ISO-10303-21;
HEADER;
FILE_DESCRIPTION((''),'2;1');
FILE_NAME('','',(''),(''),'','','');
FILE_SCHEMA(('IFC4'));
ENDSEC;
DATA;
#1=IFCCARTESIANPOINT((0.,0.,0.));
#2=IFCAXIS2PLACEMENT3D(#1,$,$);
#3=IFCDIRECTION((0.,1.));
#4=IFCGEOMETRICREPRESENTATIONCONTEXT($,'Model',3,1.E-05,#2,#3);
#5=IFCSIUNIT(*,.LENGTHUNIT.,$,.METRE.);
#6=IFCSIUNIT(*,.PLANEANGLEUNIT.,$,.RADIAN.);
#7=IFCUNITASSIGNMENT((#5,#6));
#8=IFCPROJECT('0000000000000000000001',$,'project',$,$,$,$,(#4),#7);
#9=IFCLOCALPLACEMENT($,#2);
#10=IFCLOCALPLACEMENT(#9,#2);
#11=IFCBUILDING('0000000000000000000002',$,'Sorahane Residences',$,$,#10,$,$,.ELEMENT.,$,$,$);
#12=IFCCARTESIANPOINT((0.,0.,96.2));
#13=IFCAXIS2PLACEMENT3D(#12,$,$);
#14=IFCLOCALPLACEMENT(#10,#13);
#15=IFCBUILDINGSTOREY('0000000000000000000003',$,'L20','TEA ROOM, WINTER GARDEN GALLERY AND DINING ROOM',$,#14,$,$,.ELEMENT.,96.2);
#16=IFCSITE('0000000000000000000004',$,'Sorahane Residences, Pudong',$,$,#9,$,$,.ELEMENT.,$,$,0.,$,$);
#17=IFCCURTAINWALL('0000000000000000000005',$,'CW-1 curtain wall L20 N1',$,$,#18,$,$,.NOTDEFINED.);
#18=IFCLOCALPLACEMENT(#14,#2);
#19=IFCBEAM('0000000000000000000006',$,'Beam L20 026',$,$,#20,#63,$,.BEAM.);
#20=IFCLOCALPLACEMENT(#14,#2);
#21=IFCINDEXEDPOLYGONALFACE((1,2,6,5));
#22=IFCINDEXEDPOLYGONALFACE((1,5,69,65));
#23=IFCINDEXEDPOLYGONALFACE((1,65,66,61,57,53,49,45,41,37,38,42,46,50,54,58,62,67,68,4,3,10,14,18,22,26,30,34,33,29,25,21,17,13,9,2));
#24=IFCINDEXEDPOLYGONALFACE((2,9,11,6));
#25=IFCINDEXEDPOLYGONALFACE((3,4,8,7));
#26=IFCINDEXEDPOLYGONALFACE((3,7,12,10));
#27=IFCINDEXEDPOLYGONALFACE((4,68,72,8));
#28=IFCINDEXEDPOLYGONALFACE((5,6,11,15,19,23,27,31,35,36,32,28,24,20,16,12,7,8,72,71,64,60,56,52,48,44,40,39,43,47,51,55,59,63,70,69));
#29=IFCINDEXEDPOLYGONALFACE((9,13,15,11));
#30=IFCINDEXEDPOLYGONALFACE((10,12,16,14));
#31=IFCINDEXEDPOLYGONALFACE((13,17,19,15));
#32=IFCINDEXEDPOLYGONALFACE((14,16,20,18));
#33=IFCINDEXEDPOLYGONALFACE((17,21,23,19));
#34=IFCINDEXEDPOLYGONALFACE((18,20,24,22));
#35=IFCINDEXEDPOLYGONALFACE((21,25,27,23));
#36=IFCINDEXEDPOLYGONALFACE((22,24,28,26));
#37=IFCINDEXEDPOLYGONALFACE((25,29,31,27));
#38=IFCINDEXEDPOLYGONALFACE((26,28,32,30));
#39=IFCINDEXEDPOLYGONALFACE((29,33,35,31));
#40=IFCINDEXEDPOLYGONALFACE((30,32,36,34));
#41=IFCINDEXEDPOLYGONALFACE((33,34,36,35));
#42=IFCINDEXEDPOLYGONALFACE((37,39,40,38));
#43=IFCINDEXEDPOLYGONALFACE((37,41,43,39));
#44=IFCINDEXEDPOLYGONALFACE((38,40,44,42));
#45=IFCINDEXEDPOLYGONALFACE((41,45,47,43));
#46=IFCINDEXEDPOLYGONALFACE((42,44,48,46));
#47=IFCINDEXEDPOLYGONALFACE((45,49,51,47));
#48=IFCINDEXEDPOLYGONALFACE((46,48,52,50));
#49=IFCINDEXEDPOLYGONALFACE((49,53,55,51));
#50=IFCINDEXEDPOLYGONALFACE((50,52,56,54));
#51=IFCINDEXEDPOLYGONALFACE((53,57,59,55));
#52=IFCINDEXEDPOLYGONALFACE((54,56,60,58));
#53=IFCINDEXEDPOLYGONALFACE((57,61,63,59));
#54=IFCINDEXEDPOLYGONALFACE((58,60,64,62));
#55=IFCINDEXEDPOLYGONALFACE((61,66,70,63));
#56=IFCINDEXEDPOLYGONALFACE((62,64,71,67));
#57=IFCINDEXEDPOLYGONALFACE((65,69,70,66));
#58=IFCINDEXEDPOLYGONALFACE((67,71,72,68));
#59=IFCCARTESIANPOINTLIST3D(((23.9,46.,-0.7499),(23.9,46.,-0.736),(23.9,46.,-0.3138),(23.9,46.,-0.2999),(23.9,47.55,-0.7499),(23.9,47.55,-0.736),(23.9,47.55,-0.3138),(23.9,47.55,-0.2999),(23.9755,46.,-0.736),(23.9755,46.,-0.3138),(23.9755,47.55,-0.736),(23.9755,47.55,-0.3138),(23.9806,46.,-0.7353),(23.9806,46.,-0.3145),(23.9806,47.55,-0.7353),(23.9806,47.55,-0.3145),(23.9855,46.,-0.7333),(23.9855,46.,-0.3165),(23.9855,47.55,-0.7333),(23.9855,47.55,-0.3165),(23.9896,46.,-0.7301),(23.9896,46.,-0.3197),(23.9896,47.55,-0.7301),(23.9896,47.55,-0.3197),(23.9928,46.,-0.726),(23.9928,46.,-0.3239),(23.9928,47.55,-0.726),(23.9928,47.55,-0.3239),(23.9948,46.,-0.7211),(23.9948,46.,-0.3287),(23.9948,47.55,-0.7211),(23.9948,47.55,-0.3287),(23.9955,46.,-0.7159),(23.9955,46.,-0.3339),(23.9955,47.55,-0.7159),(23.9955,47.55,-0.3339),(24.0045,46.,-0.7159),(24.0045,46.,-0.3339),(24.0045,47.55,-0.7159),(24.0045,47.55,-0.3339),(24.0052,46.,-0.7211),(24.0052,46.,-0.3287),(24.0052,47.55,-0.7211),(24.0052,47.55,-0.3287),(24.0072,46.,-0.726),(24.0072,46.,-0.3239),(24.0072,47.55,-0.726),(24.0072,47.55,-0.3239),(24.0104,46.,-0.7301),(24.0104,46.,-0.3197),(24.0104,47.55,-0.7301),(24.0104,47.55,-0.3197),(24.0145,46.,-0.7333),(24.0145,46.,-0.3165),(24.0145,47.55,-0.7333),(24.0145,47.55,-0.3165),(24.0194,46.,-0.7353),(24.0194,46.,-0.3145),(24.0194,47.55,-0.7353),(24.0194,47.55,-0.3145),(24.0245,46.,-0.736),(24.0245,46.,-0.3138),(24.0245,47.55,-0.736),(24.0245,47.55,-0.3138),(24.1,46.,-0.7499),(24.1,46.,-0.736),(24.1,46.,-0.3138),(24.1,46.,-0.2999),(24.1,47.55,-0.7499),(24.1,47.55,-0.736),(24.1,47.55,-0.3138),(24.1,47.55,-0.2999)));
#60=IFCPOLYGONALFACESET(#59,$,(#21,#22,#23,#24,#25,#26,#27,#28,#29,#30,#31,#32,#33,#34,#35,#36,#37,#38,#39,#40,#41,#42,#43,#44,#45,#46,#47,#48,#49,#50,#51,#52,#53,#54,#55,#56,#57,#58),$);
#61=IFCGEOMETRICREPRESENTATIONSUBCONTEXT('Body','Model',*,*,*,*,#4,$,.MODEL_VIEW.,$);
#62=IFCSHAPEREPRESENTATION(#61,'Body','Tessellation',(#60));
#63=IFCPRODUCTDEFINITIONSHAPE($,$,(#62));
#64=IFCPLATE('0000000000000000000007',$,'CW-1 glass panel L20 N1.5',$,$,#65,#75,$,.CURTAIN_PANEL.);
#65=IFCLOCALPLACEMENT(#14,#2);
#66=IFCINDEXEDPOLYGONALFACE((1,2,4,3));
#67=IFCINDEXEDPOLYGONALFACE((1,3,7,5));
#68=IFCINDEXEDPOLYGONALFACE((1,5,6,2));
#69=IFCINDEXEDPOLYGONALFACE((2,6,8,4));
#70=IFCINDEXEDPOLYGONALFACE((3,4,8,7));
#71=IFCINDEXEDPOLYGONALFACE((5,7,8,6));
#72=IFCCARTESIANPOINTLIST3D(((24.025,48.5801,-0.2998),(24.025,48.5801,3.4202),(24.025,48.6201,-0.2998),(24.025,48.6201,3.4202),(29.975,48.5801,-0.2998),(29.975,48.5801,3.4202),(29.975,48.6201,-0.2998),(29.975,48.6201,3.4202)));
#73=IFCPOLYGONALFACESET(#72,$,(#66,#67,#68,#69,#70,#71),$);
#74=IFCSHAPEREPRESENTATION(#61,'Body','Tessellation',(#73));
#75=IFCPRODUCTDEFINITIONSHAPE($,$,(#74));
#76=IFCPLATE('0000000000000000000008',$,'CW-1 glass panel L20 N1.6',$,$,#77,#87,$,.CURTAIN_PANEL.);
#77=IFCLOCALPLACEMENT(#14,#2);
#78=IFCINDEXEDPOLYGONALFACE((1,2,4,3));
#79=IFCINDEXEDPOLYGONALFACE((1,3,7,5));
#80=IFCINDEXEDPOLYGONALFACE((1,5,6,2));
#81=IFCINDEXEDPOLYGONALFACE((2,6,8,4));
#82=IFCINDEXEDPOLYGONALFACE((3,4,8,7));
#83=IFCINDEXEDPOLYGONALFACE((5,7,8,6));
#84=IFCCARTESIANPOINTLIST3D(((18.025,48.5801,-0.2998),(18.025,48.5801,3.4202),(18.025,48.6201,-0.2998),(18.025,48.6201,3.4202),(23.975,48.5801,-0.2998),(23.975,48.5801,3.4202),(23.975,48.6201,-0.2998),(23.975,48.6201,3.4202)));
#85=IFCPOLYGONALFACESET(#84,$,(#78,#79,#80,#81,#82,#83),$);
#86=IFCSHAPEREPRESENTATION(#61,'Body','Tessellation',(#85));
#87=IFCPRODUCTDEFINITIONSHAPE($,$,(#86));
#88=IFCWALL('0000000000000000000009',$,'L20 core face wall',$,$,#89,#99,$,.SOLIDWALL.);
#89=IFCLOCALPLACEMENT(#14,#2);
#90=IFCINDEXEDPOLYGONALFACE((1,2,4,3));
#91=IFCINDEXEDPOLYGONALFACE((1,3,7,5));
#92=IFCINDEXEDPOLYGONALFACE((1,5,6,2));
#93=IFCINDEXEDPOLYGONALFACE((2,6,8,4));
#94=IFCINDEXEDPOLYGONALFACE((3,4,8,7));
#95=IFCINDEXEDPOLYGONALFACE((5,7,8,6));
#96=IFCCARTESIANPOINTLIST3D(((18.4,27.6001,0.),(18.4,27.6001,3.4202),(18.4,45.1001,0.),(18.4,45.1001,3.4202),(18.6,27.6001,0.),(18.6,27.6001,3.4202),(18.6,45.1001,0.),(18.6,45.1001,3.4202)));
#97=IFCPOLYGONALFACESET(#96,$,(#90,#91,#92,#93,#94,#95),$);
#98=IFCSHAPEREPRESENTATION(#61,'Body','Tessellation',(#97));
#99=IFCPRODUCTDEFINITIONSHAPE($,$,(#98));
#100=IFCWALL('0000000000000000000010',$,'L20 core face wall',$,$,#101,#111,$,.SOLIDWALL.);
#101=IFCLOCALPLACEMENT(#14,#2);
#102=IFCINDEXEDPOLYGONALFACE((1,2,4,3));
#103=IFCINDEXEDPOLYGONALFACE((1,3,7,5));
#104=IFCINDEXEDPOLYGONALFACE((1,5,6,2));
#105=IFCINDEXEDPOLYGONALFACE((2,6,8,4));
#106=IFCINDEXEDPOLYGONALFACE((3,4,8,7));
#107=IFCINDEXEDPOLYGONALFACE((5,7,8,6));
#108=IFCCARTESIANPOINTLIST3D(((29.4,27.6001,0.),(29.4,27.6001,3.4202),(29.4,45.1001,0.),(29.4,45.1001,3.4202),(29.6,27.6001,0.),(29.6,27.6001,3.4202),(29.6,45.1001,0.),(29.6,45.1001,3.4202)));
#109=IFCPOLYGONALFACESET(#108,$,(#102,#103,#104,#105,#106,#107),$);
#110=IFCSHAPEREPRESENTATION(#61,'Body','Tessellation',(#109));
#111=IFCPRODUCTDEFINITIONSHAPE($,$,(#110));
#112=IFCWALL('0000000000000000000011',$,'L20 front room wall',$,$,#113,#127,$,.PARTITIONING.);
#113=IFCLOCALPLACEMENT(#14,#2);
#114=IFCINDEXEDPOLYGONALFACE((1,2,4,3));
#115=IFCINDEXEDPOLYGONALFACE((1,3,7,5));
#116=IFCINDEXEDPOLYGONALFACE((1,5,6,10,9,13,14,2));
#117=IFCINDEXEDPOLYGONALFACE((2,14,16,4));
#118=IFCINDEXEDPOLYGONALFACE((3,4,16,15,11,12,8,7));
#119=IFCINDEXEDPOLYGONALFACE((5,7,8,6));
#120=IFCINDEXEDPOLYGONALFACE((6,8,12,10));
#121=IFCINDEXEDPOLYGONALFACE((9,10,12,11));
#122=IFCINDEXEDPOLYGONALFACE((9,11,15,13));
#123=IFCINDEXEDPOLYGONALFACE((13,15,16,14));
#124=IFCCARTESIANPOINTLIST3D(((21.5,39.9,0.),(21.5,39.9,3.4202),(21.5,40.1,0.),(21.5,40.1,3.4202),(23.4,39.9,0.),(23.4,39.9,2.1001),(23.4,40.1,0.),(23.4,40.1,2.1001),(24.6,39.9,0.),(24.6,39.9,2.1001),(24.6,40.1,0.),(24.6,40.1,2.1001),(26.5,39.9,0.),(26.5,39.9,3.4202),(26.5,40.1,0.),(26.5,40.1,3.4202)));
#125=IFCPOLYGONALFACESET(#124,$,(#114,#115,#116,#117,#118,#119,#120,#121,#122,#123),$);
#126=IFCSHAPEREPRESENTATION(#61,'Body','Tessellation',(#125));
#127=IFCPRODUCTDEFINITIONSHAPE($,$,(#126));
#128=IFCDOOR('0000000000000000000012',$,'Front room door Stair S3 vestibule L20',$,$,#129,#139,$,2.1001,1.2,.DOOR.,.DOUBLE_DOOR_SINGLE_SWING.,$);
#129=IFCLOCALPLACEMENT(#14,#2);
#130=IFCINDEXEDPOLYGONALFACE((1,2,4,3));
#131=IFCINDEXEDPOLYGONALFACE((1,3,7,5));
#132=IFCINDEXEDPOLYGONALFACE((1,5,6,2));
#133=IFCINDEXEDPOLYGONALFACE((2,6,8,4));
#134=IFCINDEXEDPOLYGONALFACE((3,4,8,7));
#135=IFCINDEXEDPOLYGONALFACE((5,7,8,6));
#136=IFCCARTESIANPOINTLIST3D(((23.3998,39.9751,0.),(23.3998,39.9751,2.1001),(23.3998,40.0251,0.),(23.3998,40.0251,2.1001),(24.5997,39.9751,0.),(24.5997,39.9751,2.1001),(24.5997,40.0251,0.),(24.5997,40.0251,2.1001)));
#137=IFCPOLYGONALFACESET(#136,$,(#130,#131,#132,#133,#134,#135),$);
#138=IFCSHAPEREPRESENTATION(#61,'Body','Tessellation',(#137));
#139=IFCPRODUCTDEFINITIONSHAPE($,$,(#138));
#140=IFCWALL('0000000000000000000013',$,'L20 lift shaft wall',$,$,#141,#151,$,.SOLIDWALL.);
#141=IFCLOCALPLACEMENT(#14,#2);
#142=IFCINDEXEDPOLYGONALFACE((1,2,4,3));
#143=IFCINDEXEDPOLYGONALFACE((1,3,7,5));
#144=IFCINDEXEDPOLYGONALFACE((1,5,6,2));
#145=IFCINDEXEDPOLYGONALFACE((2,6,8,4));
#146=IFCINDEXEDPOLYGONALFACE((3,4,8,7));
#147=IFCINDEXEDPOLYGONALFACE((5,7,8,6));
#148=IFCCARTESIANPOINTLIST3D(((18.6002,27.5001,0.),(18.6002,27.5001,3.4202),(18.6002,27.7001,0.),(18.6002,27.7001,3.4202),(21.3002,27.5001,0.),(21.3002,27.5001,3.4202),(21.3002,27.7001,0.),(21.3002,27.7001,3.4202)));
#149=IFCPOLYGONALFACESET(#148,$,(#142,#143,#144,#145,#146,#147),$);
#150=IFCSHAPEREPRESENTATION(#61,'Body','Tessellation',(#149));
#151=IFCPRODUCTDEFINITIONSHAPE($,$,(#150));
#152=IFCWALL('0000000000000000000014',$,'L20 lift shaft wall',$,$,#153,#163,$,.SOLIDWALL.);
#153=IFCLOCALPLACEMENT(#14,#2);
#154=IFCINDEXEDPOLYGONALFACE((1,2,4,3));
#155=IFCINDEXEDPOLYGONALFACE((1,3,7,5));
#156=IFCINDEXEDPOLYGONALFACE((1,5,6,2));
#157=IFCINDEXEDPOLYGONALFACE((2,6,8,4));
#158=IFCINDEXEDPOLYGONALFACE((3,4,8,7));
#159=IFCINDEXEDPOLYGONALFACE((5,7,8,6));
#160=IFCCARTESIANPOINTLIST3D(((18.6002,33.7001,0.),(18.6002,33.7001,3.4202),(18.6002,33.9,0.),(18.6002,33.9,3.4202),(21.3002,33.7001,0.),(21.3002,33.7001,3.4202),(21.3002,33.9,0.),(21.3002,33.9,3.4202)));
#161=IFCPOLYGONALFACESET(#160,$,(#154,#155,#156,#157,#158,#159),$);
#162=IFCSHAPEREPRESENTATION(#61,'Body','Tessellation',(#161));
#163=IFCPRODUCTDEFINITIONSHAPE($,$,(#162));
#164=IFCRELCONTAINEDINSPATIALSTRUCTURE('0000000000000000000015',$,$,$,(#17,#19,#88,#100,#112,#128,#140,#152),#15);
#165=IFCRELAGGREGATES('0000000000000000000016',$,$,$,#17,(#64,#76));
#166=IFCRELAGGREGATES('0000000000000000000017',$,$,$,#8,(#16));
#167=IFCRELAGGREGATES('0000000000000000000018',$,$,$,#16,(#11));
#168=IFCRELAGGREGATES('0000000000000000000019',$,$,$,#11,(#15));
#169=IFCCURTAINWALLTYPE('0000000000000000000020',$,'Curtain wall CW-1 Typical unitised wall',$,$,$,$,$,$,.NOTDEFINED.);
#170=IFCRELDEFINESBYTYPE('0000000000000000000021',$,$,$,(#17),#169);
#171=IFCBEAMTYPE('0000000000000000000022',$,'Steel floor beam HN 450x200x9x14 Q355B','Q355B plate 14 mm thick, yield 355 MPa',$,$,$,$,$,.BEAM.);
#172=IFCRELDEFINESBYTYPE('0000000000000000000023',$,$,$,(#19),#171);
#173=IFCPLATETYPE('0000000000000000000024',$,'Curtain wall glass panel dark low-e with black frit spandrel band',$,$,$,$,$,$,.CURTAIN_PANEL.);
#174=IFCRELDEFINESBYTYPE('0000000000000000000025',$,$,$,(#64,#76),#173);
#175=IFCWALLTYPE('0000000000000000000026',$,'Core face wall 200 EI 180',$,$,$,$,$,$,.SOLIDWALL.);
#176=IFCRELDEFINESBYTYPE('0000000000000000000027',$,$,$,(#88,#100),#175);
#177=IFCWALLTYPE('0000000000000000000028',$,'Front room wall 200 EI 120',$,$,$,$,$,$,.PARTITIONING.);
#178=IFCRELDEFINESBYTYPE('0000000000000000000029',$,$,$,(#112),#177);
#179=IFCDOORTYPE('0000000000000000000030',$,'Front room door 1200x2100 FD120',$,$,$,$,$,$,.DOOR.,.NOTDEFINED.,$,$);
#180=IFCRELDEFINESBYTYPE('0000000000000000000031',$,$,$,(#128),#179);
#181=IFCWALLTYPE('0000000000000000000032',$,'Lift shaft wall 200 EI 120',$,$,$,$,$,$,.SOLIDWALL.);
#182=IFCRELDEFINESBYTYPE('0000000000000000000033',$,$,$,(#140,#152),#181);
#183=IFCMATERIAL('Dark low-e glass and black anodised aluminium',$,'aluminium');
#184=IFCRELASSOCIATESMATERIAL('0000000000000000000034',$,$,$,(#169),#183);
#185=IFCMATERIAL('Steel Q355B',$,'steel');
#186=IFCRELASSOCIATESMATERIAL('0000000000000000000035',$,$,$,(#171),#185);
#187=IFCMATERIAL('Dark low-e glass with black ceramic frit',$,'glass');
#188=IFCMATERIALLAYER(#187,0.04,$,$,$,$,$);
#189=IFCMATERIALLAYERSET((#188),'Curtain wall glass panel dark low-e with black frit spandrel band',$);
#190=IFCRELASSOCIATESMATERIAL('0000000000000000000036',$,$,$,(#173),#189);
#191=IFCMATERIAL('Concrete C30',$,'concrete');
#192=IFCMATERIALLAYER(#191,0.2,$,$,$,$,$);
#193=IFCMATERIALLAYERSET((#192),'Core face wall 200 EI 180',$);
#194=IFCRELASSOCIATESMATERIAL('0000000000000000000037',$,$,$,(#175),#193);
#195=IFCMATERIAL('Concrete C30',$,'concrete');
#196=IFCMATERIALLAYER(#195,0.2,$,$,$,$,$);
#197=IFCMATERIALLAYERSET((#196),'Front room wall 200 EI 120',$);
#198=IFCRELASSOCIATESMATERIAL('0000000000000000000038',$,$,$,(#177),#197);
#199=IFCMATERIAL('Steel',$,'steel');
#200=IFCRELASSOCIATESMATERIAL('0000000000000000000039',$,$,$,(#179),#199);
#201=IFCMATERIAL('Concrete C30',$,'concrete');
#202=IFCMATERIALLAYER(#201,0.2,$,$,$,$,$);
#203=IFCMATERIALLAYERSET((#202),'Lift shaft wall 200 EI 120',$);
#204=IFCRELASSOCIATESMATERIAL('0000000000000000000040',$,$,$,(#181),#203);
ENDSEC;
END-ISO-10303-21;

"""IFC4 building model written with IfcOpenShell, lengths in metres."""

from ifc_helpers import new_model, si_unit, direction, frame, frame_2d, origin, origin_2d, place, context, subcontext, project, spatial, rectangle, i_section, extrude, material, layer, layer_set, material_profile, profile_set, type_object, element, fill, aggregate, save


model = new_model("IFC4")

# Units and contexts
model_context = context("Model", 3, precision=1e-05, world=origin(), true_north=direction((0.0, 1.0)))
body_context = subcontext(model_context, "Body", "Model", "MODEL_VIEW")
ifc_project = project(units=[si_unit("LENGTHUNIT", "METRE"), si_unit("PLANEANGLEUNIT", "RADIAN")], contexts=[model_context])

# Site, building, storey
site_placement = place(None, origin())
site = spatial("IfcSite", under=ifc_project, at=site_placement, Name="Sorahane Residences, Pudong", CompositionType="ELEMENT", RefElevation=0.0)
building_placement = place(site_placement, origin())
building = spatial("IfcBuilding", under=site, at=building_placement, Name="Sorahane Residences", CompositionType="ELEMENT")
storey_placement = place(building_placement, frame((0.0, 0.0, 96.2)))
storey = spatial("IfcBuildingStorey", under=building, at=storey_placement, Name="L20", Description="TEA ROOM, WINTER GARDEN GALLERY AND DINING ROOM", CompositionType="ELEMENT", Elevation=96.2)

# Curtain wall
ifc_material_1 = material(Name="Dark low-e glass and black anodised aluminium", Category="aluminium")
curtain_wall_type = type_object("IfcCurtainWallType", Name="Curtain wall CW-1 Typical unitised wall", PredefinedType="NOTDEFINED", material=ifc_material_1)
curtain_wall_placement = place(storey_placement, origin())
curtain_wall = element("IfcCurtainWall", 1, at=curtain_wall_placement, inside=storey, type_object=curtain_wall_type, Name="CW-1 curtain wall L20 N1", PredefinedType="NOTDEFINED")

# Beam
ifc_material_2 = material(Name="Steel Q355B", Category="steel")
ifc_material_profile_1 = material_profile(ifc_material_2, i_section(OverallWidth=0.2, OverallDepth=0.45, WebThickness=0.009, FlangeThickness=0.0139, FilletRadius=0.02, at=origin_2d()), Name="HN 450x200x9x14")
ifc_profile_set_1 = profile_set([ifc_material_profile_1], Name="Steel Q355B")
beam_type_1 = type_object("IfcBeamType", Name="Steel floor beam HN 450x200x9x14 Q355B", Description="Q355B plate 14 mm thick, yield 355 MPa", PredefinedType="BEAM", material=ifc_profile_set_1)
beam_placement = place(storey_placement, frame((24.0, 46.0, -0.5249), z_axis=(0.0, 1.0, 0.0), x_axis=(-1.0, 0.0, 0.0)))
element("IfcBeam", 2, at=beam_placement, inside=storey, type_object=beam_type_1, Name="Beam L20 026", PredefinedType="BEAM", context=body_context, shape_type="SweptSolid", body=[
    extrude(i_section(OverallWidth=0.2, OverallDepth=0.45, WebThickness=0.009, FlangeThickness=0.0139, FilletRadius=0.02, at=origin_2d()), origin(), (0.0, 0.0, 1.0), 1.55),
])

# Plates
ifc_material_3 = material(Name="Dark low-e glass with black ceramic frit", Category="glass")
ifc_layer_1 = layer(ifc_material_3, 0.04)
ifc_layer_set_1 = layer_set([ifc_layer_1], Name="Curtain wall glass panel dark low-e with black frit spandrel band")
plate_type = type_object("IfcPlateType", Name="Curtain wall glass panel dark low-e with black frit spandrel band", PredefinedType="CURTAIN_PANEL", material=ifc_layer_set_1)
plate_1_placement = place(storey_placement, frame((27.0, 48.6001, -0.2998), z_axis=(0.0, 0.0, 1.0), x_axis=(-1.0, 0.0, 0.0)))
plate_1 = element("IfcPlate", 3, at=plate_1_placement, type_object=plate_type, Name="CW-1 glass panel L20 N1.5", PredefinedType="CURTAIN_PANEL", context=body_context, shape_type="SweptSolid", body=[
    extrude(rectangle(XDim=5.95, YDim=0.04, at=origin_2d()), origin(), (0.0, 0.0, 1.0), 3.72),
])
plate_2_placement = place(storey_placement, frame((21.0, 48.6001, -0.2998), z_axis=(0.0, 0.0, 1.0), x_axis=(-1.0, 0.0, 0.0)))
plate_2 = element("IfcPlate", 4, at=plate_2_placement, type_object=plate_type, Name="CW-1 glass panel L20 N1.6", PredefinedType="CURTAIN_PANEL", context=body_context, shape_type="SweptSolid", body=[
    extrude(rectangle(XDim=5.95, YDim=0.04, at=origin_2d()), origin(), (0.0, 0.0, 1.0), 3.72),
])
aggregate(curtain_wall, [plate_1, plate_2])

# Walls
ifc_material_4 = material(Name="Concrete C30", Category="concrete")
ifc_layer_2 = layer(ifc_material_4, 0.2)
ifc_layer_set_2 = layer_set([ifc_layer_2], Name="Core face wall 200 EI 180")
wall_type_1 = type_object("IfcWallType", Name="Core face wall 200 EI 180", PredefinedType="SOLIDWALL", material=ifc_layer_set_2)
for number, where, z_axis, x_axis, name in (
    (5, (18.5, 27.6001, 0.0), (0.0, 0.0, 1.0), (0.0, 1.0, 0.0), "L20 core face wall"),
    (6, (29.5, 27.6001, 0.0), (0.0, 0.0, 1.0), (0.0, 1.0, 0.0), "L20 core face wall"),
):
    element("IfcWall", number, at=place(storey_placement, frame(where, z_axis=z_axis, x_axis=x_axis)), inside=storey, type_object=wall_type_1, Name=name, PredefinedType="SOLIDWALL", context=body_context, shape_type="SweptSolid", body=[
        extrude(rectangle(XDim=17.5, YDim=0.2, at=frame_2d((8.75, 0.0))), origin(), (0.0, 0.0, 1.0), 3.4202),
    ])

# Wall, opening, door
ifc_material_5 = material(Name="Concrete C30", Category="concrete")
ifc_layer_3 = layer(ifc_material_5, 0.2)
ifc_layer_set_3 = layer_set([ifc_layer_3], Name="Front room wall 200 EI 120")
wall_type_2 = type_object("IfcWallType", Name="Front room wall 200 EI 120", PredefinedType="PARTITIONING", material=ifc_layer_set_3)
wall_1_placement = place(storey_placement, frame((21.5, 40.0, 0.0), z_axis=(0.0, 0.0, 1.0), x_axis=(1.0, 0.0, 0.0)))
wall_1 = element("IfcWall", 7, at=wall_1_placement, inside=storey, type_object=wall_type_2, Name="L20 front room wall", PredefinedType="PARTITIONING", context=body_context, shape_type="SweptSolid", body=[
    extrude(rectangle(XDim=5.0, YDim=0.2, at=frame_2d((2.5, 0.0))), origin(), (0.0, 0.0, 1.0), 3.4202),
])
opening_1_placement = place(wall_1_placement, frame((1.8999, 0.0, 0.0)))
opening_1 = element("IfcOpeningElement", 8, at=opening_1_placement, cuts=wall_1, PredefinedType="OPENING", context=body_context, shape_type="SweptSolid", body=[
    extrude(rectangle(XDim=1.2, YDim=2.1001, at=frame_2d((0.6001, 1.05))), frame((0.0, 0.1099, 0.0), z_axis=(0.0, -1.0, 0.0), x_axis=(1.0, 0.0, 0.0)), (0.0, 0.0, 1.0), 0.22),
])
ifc_material_6 = material(Name="Steel", Category="steel")
door_type_1 = type_object("IfcDoorType", Name="Front room door 1200x2100 FD120", OperationType="NOTDEFINED", PredefinedType="DOOR", material=ifc_material_6)
door_1_placement = place(opening_1_placement, frame((1.2, 0.0, 0.0), z_axis=(0.0, 0.0, 1.0), x_axis=(-1.0, 0.0, 0.0)))
door_1 = element("IfcDoor", 9, at=door_1_placement, inside=storey, type_object=door_type_1, Name="Front room door Stair S3 vestibule L20", OperationType="DOUBLE_DOOR_SINGLE_SWING", OverallHeight=2.1001, OverallWidth=1.2, PredefinedType="DOOR", context=body_context, shape_type="SweptSolid", body=[
    extrude(rectangle(XDim=1.2, YDim=2.1001, at=frame_2d((0.6001, 1.05))), frame((0.0, 0.0249, 0.0), z_axis=(0.0, -1.0, 0.0), x_axis=(1.0, 0.0, 0.0)), (0.0, 0.0, 1.0), 0.05),
])
fill(opening_1, door_1)

# Walls
ifc_material_7 = material(Name="Concrete C30", Category="concrete")
ifc_layer_4 = layer(ifc_material_7, 0.2)
ifc_layer_set_4 = layer_set([ifc_layer_4], Name="Lift shaft wall 200 EI 120")
wall_type_3 = type_object("IfcWallType", Name="Lift shaft wall 200 EI 120", PredefinedType="SOLIDWALL", material=ifc_layer_set_4)
for number, where, z_axis, x_axis, name in (
    (10, (18.6001, 27.6001, 0.0), (0.0, 0.0, 1.0), (1.0, 0.0, 0.0), "L20 lift shaft wall"),
    (11, (18.6001, 33.8, 0.0), (0.0, 0.0, 1.0), (1.0, 0.0, 0.0), "L20 lift shaft wall"),
):
    element("IfcWall", number, at=place(storey_placement, frame(where, z_axis=z_axis, x_axis=x_axis)), inside=storey, type_object=wall_type_3, Name=name, PredefinedType="SOLIDWALL", context=body_context, shape_type="SweptSolid", body=[
        extrude(rectangle(XDim=2.7, YDim=0.2, at=frame_2d((1.3501, 0.0))), origin(), (0.0, 0.0, 1.0), 3.4202),
    ])

save(model, "model.ifc")
